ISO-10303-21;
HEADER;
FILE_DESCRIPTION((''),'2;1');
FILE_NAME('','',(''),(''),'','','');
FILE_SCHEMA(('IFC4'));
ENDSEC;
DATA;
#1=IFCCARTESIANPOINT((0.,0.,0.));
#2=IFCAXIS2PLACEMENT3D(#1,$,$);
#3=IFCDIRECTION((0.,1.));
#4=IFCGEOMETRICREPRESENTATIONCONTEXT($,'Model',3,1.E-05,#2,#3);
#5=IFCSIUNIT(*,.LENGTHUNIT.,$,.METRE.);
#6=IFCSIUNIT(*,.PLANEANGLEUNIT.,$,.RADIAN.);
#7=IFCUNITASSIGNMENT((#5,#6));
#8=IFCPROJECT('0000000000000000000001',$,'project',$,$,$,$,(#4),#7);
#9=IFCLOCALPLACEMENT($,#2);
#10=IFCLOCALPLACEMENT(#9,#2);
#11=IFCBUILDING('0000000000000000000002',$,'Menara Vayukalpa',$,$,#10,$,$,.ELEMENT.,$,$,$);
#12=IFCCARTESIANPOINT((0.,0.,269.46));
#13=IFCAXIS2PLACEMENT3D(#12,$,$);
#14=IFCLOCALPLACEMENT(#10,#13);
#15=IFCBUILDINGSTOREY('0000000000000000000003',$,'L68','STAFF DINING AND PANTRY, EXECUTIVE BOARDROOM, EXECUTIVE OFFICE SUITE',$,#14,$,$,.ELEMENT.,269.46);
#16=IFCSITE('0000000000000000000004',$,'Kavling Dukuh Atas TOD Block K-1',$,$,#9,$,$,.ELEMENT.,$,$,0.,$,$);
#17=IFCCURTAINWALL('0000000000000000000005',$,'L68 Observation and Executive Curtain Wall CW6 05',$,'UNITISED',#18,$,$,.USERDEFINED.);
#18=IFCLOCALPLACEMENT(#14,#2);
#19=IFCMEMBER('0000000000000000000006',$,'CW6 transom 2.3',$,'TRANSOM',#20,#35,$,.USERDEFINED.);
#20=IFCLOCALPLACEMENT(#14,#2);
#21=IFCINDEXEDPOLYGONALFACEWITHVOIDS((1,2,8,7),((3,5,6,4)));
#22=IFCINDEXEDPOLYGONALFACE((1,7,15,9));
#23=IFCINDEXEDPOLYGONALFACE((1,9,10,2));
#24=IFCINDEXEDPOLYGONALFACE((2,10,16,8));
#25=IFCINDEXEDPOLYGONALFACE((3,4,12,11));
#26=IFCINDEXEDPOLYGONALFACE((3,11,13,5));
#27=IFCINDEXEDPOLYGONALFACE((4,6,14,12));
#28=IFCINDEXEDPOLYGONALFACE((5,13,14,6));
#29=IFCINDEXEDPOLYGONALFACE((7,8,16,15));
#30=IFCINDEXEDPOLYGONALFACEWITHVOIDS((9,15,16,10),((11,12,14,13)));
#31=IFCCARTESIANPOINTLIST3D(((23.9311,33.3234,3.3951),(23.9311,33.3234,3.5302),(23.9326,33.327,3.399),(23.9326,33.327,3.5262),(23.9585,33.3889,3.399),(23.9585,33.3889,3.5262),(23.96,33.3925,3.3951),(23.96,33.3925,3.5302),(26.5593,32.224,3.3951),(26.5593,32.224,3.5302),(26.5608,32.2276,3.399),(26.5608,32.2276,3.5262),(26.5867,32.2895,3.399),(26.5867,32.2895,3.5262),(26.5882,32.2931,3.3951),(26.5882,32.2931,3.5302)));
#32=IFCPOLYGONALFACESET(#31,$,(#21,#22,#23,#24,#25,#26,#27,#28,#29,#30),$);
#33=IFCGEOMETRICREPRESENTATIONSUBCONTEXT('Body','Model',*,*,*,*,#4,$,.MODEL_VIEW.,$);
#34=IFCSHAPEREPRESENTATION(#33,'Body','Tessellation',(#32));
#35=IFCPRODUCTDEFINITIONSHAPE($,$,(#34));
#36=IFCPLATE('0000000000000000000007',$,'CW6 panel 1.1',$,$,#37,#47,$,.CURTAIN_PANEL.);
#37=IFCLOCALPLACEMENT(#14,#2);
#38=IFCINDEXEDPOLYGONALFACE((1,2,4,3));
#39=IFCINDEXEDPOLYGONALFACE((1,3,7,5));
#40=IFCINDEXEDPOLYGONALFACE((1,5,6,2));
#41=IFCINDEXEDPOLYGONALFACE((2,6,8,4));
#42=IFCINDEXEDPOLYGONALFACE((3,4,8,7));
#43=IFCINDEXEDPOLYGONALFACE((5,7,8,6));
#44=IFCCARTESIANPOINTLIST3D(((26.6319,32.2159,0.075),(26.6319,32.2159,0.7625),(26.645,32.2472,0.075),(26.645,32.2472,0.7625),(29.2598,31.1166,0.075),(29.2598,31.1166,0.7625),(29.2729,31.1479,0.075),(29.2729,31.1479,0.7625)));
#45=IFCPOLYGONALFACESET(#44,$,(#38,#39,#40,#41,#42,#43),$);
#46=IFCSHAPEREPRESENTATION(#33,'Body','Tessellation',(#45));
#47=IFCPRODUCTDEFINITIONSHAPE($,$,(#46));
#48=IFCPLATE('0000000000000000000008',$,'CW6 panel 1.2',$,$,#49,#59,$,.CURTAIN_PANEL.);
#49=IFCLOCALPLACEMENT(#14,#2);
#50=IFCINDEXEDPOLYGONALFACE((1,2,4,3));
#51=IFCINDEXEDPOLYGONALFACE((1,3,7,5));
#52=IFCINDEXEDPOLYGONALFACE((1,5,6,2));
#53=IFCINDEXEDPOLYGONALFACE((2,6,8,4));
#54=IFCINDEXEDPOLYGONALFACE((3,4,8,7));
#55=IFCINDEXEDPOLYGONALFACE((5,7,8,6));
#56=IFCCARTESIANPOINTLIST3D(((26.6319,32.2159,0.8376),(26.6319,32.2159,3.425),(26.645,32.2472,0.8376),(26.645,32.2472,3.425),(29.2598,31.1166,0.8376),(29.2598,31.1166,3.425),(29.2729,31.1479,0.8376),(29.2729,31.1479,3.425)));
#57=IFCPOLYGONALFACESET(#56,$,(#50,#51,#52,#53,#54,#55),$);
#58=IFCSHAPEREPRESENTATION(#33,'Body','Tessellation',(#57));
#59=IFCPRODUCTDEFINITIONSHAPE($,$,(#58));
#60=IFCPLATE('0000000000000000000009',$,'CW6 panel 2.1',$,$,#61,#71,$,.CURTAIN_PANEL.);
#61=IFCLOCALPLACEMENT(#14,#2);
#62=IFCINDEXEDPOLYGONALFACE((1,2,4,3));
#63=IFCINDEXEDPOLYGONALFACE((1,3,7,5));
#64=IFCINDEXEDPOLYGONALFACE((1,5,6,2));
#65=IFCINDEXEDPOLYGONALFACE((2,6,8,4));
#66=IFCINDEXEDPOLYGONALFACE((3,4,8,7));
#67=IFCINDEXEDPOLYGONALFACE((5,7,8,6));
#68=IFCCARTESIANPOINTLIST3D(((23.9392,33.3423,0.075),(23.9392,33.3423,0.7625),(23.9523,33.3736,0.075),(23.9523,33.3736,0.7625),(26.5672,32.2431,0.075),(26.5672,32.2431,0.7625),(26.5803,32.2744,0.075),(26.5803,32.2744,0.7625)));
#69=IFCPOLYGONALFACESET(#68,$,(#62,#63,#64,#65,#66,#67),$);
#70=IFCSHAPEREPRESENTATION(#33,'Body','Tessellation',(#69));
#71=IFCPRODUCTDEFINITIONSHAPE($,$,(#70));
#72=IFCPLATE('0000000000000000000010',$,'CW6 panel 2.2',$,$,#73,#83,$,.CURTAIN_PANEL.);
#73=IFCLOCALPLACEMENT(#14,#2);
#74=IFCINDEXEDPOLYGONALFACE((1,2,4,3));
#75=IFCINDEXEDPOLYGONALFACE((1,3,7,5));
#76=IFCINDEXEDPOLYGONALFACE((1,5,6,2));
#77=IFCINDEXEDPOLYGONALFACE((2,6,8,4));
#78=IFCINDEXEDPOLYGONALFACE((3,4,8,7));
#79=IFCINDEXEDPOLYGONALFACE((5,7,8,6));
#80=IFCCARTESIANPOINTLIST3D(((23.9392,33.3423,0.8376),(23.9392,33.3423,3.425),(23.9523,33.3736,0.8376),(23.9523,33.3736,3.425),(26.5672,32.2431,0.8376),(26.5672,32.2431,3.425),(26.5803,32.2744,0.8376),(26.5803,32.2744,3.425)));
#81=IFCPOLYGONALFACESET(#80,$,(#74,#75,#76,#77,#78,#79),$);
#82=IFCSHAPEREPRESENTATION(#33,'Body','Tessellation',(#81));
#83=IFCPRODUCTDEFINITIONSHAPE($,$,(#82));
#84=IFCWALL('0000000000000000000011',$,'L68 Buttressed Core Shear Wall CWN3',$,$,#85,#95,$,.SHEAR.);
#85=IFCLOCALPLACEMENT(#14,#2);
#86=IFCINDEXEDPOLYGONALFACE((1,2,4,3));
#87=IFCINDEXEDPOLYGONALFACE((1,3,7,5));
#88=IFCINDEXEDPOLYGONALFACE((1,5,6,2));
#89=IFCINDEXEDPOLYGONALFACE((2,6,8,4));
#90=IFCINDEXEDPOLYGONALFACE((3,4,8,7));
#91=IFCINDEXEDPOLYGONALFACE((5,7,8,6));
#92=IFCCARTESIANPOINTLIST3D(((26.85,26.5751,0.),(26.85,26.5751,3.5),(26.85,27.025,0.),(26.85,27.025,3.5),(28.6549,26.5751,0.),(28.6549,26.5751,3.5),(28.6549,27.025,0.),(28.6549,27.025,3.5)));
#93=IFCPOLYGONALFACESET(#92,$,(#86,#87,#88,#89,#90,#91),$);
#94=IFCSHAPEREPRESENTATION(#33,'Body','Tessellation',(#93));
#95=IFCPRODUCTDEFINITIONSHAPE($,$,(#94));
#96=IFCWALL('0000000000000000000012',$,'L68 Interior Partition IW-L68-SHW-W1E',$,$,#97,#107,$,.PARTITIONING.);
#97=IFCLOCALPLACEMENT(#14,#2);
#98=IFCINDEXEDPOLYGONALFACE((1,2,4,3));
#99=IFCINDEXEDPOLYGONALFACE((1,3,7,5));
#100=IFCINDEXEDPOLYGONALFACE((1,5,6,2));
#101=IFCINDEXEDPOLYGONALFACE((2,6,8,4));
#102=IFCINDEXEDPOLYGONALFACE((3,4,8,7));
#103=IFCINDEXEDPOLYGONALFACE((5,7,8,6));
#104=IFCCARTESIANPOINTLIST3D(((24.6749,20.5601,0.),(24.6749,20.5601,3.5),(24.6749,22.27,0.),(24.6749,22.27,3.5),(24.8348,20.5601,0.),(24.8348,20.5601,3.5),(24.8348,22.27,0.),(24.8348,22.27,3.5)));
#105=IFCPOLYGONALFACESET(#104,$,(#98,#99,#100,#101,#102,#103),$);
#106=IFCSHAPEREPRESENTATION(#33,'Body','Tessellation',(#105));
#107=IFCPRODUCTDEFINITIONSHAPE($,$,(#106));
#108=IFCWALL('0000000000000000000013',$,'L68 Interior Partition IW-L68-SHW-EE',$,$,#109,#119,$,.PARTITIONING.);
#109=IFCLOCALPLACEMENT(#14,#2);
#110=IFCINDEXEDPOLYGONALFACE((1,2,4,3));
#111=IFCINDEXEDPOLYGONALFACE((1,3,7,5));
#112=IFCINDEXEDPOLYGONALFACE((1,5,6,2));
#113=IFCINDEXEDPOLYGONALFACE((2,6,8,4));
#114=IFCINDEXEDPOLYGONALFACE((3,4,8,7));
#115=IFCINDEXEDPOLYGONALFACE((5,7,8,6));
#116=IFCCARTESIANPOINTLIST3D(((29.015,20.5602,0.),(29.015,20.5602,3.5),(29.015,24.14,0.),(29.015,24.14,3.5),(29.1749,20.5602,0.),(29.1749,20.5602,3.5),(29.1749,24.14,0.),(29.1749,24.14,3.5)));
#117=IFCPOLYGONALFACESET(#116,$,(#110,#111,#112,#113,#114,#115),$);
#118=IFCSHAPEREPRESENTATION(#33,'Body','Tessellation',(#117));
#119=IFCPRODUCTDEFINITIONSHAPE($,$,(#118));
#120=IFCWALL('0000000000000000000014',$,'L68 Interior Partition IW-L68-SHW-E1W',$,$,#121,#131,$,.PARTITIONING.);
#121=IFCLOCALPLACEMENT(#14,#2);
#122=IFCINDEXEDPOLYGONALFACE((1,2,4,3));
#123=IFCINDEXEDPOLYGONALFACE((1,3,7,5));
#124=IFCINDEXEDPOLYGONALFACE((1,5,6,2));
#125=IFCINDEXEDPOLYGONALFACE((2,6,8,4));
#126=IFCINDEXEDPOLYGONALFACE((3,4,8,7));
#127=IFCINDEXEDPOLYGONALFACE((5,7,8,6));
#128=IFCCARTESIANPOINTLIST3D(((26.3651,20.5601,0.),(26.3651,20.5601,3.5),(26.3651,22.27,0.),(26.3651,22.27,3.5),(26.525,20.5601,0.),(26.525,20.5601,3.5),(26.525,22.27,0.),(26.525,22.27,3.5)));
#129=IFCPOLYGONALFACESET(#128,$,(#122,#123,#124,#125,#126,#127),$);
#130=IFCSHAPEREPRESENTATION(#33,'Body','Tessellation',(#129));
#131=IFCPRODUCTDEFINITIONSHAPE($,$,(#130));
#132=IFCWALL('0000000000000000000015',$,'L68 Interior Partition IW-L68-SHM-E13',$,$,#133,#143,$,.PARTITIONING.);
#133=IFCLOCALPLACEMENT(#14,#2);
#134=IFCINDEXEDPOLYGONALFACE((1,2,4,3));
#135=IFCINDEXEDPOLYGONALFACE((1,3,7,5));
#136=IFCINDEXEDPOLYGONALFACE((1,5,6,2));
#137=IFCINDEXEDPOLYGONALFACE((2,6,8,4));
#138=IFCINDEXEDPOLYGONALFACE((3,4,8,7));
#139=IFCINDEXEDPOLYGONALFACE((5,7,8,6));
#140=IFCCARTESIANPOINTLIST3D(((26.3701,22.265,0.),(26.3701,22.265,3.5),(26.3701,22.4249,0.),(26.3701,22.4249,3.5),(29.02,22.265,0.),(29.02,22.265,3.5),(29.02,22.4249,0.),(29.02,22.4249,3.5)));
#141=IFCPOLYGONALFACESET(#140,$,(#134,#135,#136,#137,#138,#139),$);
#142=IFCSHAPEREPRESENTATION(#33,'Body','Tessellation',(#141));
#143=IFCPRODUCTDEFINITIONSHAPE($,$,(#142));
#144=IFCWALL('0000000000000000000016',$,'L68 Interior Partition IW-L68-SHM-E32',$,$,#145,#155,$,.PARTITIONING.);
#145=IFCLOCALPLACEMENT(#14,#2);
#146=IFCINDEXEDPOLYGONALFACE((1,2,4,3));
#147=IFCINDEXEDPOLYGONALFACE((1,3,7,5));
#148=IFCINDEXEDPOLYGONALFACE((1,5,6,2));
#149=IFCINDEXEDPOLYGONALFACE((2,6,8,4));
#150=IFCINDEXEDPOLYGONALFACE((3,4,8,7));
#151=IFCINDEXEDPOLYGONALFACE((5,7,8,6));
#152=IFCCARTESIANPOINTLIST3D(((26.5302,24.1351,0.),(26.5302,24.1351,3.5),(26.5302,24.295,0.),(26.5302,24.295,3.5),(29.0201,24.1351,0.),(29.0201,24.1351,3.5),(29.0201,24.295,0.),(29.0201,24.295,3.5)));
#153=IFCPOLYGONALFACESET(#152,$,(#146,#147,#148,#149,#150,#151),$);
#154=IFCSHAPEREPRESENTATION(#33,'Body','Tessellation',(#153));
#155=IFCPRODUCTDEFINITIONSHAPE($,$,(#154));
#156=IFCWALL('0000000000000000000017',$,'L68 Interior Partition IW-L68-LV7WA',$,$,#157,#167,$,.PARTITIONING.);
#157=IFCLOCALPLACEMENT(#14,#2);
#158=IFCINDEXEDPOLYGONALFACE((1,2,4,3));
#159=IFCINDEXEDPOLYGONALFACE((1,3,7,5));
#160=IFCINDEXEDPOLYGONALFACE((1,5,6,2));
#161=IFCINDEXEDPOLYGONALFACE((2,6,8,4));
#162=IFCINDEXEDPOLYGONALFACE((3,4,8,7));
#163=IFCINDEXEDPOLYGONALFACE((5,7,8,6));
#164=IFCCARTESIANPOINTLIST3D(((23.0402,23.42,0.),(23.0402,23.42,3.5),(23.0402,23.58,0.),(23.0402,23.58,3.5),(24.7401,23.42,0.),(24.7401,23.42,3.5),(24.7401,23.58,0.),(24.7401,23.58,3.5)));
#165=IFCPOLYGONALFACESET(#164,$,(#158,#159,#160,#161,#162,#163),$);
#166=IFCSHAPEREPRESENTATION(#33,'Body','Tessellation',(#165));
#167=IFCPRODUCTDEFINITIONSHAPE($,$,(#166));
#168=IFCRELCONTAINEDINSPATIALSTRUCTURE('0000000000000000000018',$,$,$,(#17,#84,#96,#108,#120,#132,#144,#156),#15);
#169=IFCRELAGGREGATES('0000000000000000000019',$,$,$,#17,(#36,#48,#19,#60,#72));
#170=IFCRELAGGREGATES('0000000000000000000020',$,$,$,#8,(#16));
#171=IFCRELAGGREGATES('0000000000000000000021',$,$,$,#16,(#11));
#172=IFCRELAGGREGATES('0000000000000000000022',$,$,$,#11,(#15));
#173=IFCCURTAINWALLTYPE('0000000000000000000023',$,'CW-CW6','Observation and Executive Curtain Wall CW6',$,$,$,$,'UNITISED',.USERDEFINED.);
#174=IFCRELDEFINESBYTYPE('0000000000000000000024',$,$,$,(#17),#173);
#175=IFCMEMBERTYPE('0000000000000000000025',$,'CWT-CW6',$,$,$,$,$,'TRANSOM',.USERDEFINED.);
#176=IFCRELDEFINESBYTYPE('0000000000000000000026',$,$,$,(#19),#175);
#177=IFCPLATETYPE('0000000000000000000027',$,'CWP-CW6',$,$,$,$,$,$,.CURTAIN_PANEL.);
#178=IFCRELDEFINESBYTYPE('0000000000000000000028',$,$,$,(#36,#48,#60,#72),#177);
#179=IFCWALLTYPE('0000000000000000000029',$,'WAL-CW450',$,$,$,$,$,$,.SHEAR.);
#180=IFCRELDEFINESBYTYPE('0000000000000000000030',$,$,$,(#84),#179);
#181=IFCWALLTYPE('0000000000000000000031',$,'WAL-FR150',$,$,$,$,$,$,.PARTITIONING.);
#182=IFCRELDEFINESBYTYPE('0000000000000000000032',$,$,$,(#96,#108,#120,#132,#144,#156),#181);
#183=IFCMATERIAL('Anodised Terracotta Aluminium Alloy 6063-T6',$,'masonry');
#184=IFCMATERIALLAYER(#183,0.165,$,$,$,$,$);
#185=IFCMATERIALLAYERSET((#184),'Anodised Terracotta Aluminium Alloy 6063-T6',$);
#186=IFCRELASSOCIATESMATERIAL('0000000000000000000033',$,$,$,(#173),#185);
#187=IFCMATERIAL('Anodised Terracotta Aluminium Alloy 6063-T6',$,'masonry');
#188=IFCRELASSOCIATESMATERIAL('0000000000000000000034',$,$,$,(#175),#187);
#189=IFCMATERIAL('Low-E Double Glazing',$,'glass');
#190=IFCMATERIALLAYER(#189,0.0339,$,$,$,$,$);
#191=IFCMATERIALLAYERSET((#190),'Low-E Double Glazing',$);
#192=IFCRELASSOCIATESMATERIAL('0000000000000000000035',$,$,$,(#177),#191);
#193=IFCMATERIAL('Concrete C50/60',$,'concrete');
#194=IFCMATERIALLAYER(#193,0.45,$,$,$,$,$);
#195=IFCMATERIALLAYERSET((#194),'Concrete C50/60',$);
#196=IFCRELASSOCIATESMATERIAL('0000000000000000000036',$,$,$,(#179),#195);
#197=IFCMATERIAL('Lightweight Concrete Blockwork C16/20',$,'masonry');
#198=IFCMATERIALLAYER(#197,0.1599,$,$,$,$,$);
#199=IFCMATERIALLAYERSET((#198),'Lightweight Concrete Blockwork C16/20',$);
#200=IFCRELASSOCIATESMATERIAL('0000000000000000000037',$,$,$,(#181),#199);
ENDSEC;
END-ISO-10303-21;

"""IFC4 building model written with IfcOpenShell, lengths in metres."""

from ifc_helpers import new_model, si_unit, direction, frame, frame_2d, origin, origin_2d, place, context, subcontext, project, spatial, rectangle, hollow_rectangle, extrude, material, layer, layer_set, material_profile, profile_set, type_object, element, aggregate, save


model = new_model("IFC4")

# Units and contexts
model_context = context("Model", 3, precision=1e-05, world=origin(), true_north=direction((0.0, 1.0)))
body_context = subcontext(model_context, "Body", "Model", "MODEL_VIEW")
ifc_project = project(units=[si_unit("LENGTHUNIT", "METRE"), si_unit("PLANEANGLEUNIT", "RADIAN")], contexts=[model_context])

# Site, building, storey
site_placement = place(None, origin())
site = spatial("IfcSite", under=ifc_project, at=site_placement, Name="Kavling Dukuh Atas TOD Block K-1", CompositionType="ELEMENT", RefElevation=0.0)
building_placement = place(site_placement, origin())
building = spatial("IfcBuilding", under=site, at=building_placement, Name="Menara Vayukalpa", CompositionType="ELEMENT")
storey_placement = place(building_placement, frame((0.0, 0.0, 269.46)))
storey = spatial("IfcBuildingStorey", under=building, at=storey_placement, Name="L68", Description="STAFF DINING AND PANTRY, EXECUTIVE BOARDROOM, EXECUTIVE OFFICE SUITE", CompositionType="ELEMENT", Elevation=269.46)

# Curtain wall, member, plates
ifc_material_1 = material(Name="Anodised Terracotta Aluminium Alloy 6063-T6", Category="masonry")
ifc_layer_1 = layer(ifc_material_1, 0.165)
ifc_layer_set_1 = layer_set([ifc_layer_1], Name="Anodised Terracotta Aluminium Alloy 6063-T6")
curtain_wall_type = type_object("IfcCurtainWallType", Name="CW-CW6", Description="Observation and Executive Curtain Wall CW6", ElementType="UNITISED", PredefinedType="USERDEFINED", material=ifc_layer_set_1)
curtain_wall_placement = place(storey_placement, origin())
curtain_wall = element("IfcCurtainWall", 1, at=curtain_wall_placement, inside=storey, type_object=curtain_wall_type, Name="L68 Observation and Executive Curtain Wall CW6 05", ObjectType="UNITISED", PredefinedType="USERDEFINED")
ifc_material_2 = material(Name="Anodised Terracotta Aluminium Alloy 6063-T6", Category="masonry")
ifc_material_profile_1 = material_profile(ifc_material_2, hollow_rectangle(XDim=0.075, YDim=0.135, WallThickness=0.0039, at=origin_2d()), Name="ALU 75x135x4")
ifc_profile_set_1 = profile_set([ifc_material_profile_1], Name="Anodised Terracotta Aluminium Alloy 6063-T6")
member_type_1 = type_object("IfcMemberType", Name="CWT-CW6", ElementType="TRANSOM", PredefinedType="USERDEFINED", material=ifc_profile_set_1)
member_1_placement = place(storey_placement, frame((26.5737, 32.2585, 3.4626), z_axis=(-0.922541, 0.385899, 0.0), x_axis=(-0.385899, -0.922541, 0.0)))
member_1 = element("IfcMember", 2, at=member_1_placement, type_object=member_type_1, Name="CW6 transom 2.3", ObjectType="TRANSOM", PredefinedType="USERDEFINED", context=body_context, shape_type="SweptSolid", body=[
    extrude(hollow_rectangle(XDim=0.075, YDim=0.135, WallThickness=0.0039, at=origin_2d()), origin(), (0.0, 0.0, 1.0), 2.8489),
])
ifc_material_3 = material(Name="Low-E Double Glazing", Category="glass")
ifc_layer_2 = layer(ifc_material_3, 0.0339)
ifc_layer_set_2 = layer_set([ifc_layer_2], Name="Low-E Double Glazing")
plate_type = type_object("IfcPlateType", Name="CWP-CW6", PredefinedType="CURTAIN_PANEL", material=ifc_layer_set_2)
plate_1_placement = place(storey_placement, frame((27.9524, 31.6819, 0.075), z_axis=(0.0, 0.0, 1.0), x_axis=(-0.922541, 0.3859, 0.0)))
plate_1 = element("IfcPlate", 3, at=plate_1_placement, type_object=plate_type, Name="CW6 panel 1.1", PredefinedType="CURTAIN_PANEL", context=body_context, shape_type="SweptSolid", body=[
    extrude(rectangle(XDim=2.8486, YDim=0.0339, at=origin_2d()), origin(), (0.0, 0.0, 1.0), 0.6875),
])
plate_2_placement = place(storey_placement, frame((27.9524, 31.6819, 0.8376), z_axis=(0.0, 0.0, 1.0), x_axis=(-0.922541, 0.3859, 0.0)))
plate_2 = element("IfcPlate", 4, at=plate_2_placement, type_object=plate_type, Name="CW6 panel 1.2", PredefinedType="CURTAIN_PANEL", context=body_context, shape_type="SweptSolid", body=[
    extrude(rectangle(XDim=2.8486, YDim=0.0339, at=origin_2d()), origin(), (0.0, 0.0, 1.0), 2.5874),
])
plate_3_placement = place(storey_placement, frame((25.2598, 32.8083, 0.075), z_axis=(0.0, 0.0, 1.0), x_axis=(-0.922541, 0.3859, 0.0)))
plate_3 = element("IfcPlate", 5, at=plate_3_placement, type_object=plate_type, Name="CW6 panel 2.1", PredefinedType="CURTAIN_PANEL", context=body_context, shape_type="SweptSolid", body=[
    extrude(rectangle(XDim=2.8486, YDim=0.0339, at=origin_2d()), origin(), (0.0, 0.0, 1.0), 0.6875),
])
plate_4_placement = place(storey_placement, frame((25.2598, 32.8083, 0.8376), z_axis=(0.0, 0.0, 1.0), x_axis=(-0.922541, 0.3859, 0.0)))
plate_4 = element("IfcPlate", 6, at=plate_4_placement, type_object=plate_type, Name="CW6 panel 2.2", PredefinedType="CURTAIN_PANEL", context=body_context, shape_type="SweptSolid", body=[
    extrude(rectangle(XDim=2.8486, YDim=0.0339, at=origin_2d()), origin(), (0.0, 0.0, 1.0), 2.5874),
])
aggregate(curtain_wall, [plate_1, plate_2, member_1, plate_3, plate_4])

# Walls
ifc_material_4 = material(Name="Concrete C50/60", Category="concrete")
ifc_layer_3 = layer(ifc_material_4, 0.45)
ifc_layer_set_3 = layer_set([ifc_layer_3], Name="Concrete C50/60")
wall_type_1 = type_object("IfcWallType", Name="WAL-CW450", PredefinedType="SHEAR", material=ifc_layer_set_3)
wall_1_placement = place(storey_placement, frame((26.8501, 26.8, 0.0), z_axis=(0.0, 0.0, 1.0), x_axis=(1.0, 0.0, 0.0)))
element("IfcWall", 7, at=wall_1_placement, inside=storey, type_object=wall_type_1, Name="L68 Buttressed Core Shear Wall CWN3", PredefinedType="SHEAR", context=body_context, shape_type="SweptSolid", body=[
    extrude(rectangle(XDim=1.8049, YDim=0.45, at=frame_2d((0.9023, 0.0))), origin(), (0.0, 0.0, 1.0), 3.5),
])
ifc_material_5 = material(Name="Lightweight Concrete Blockwork C16/20", Category="masonry")
ifc_layer_4 = layer(ifc_material_5, 0.1599)
ifc_layer_set_4 = layer_set([ifc_layer_4], Name="Lightweight Concrete Blockwork C16/20")
wall_type_2 = type_object("IfcWallType", Name="WAL-FR150", PredefinedType="PARTITIONING", material=ifc_layer_set_4)
wall_2_placement = place(storey_placement, frame((24.7549, 20.5601, 0.0), z_axis=(0.0, 0.0, 1.0), x_axis=(0.0, 1.0, 0.0)))
element("IfcWall", 8, at=wall_2_placement, inside=storey, type_object=wall_type_2, Name="L68 Interior Partition IW-L68-SHW-W1E", PredefinedType="PARTITIONING", context=body_context, shape_type="SweptSolid", body=[
    extrude(rectangle(XDim=1.71, YDim=0.1599, at=frame_2d((0.855, 0.0))), origin(), (0.0, 0.0, 1.0), 3.5),
])
wall_3_placement = place(storey_placement, frame((29.095, 20.5601, 0.0), z_axis=(0.0, 0.0, 1.0), x_axis=(0.0, 1.0, 0.0)))
element("IfcWall", 9, at=wall_3_placement, inside=storey, type_object=wall_type_2, Name="L68 Interior Partition IW-L68-SHW-EE", PredefinedType="PARTITIONING", context=body_context, shape_type="SweptSolid", body=[
    extrude(rectangle(XDim=3.5798, YDim=0.1599, at=frame_2d((1.79, 0.0))), origin(), (0.0, 0.0, 1.0), 3.5),
])
wall_4_placement = place(storey_placement, frame((26.4451, 20.5601, 0.0), z_axis=(0.0, 0.0, 1.0), x_axis=(0.0, 1.0, 0.0)))
element("IfcWall", 10, at=wall_4_placement, inside=storey, type_object=wall_type_2, Name="L68 Interior Partition IW-L68-SHW-E1W", PredefinedType="PARTITIONING", context=body_context, shape_type="SweptSolid", body=[
    extrude(rectangle(XDim=1.71, YDim=0.1599, at=frame_2d((0.855, 0.0))), origin(), (0.0, 0.0, 1.0), 3.5),
])
wall_5_placement = place(storey_placement, frame((26.3701, 22.345, 0.0), z_axis=(0.0, 0.0, 1.0), x_axis=(1.0, 0.0, 0.0)))
element("IfcWall", 11, at=wall_5_placement, inside=storey, type_object=wall_type_2, Name="L68 Interior Partition IW-L68-SHM-E13", PredefinedType="PARTITIONING", context=body_context, shape_type="SweptSolid", body=[
    extrude(rectangle(XDim=2.6499, YDim=0.1599, at=frame_2d((1.325, 0.0))), origin(), (0.0, 0.0, 1.0), 3.5),
])
wall_6_placement = place(storey_placement, frame((26.53, 24.2151, 0.0), z_axis=(0.0, 0.0, 1.0), x_axis=(1.0, 0.0, 0.0)))
element("IfcWall", 12, at=wall_6_placement, inside=storey, type_object=wall_type_2, Name="L68 Interior Partition IW-L68-SHM-E32", PredefinedType="PARTITIONING", context=body_context, shape_type="SweptSolid", body=[
    extrude(rectangle(XDim=2.49, YDim=0.1599, at=frame_2d((1.2451, 0.0))), origin(), (0.0, 0.0, 1.0), 3.5),
])
wall_7_placement = place(storey_placement, frame((23.04, 23.5, 0.0), z_axis=(0.0, 0.0, 1.0), x_axis=(1.0, 0.0, 0.0)))
element("IfcWall", 13, at=wall_7_placement, inside=storey, type_object=wall_type_2, Name="L68 Interior Partition IW-L68-LV7WA", PredefinedType="PARTITIONING", context=body_context, shape_type="SweptSolid", body=[
    extrude(rectangle(XDim=1.7, YDim=0.1599, at=frame_2d((0.8501, 0.0))), origin(), (0.0, 0.0, 1.0), 3.5),
])

save(model, "model.ifc")
